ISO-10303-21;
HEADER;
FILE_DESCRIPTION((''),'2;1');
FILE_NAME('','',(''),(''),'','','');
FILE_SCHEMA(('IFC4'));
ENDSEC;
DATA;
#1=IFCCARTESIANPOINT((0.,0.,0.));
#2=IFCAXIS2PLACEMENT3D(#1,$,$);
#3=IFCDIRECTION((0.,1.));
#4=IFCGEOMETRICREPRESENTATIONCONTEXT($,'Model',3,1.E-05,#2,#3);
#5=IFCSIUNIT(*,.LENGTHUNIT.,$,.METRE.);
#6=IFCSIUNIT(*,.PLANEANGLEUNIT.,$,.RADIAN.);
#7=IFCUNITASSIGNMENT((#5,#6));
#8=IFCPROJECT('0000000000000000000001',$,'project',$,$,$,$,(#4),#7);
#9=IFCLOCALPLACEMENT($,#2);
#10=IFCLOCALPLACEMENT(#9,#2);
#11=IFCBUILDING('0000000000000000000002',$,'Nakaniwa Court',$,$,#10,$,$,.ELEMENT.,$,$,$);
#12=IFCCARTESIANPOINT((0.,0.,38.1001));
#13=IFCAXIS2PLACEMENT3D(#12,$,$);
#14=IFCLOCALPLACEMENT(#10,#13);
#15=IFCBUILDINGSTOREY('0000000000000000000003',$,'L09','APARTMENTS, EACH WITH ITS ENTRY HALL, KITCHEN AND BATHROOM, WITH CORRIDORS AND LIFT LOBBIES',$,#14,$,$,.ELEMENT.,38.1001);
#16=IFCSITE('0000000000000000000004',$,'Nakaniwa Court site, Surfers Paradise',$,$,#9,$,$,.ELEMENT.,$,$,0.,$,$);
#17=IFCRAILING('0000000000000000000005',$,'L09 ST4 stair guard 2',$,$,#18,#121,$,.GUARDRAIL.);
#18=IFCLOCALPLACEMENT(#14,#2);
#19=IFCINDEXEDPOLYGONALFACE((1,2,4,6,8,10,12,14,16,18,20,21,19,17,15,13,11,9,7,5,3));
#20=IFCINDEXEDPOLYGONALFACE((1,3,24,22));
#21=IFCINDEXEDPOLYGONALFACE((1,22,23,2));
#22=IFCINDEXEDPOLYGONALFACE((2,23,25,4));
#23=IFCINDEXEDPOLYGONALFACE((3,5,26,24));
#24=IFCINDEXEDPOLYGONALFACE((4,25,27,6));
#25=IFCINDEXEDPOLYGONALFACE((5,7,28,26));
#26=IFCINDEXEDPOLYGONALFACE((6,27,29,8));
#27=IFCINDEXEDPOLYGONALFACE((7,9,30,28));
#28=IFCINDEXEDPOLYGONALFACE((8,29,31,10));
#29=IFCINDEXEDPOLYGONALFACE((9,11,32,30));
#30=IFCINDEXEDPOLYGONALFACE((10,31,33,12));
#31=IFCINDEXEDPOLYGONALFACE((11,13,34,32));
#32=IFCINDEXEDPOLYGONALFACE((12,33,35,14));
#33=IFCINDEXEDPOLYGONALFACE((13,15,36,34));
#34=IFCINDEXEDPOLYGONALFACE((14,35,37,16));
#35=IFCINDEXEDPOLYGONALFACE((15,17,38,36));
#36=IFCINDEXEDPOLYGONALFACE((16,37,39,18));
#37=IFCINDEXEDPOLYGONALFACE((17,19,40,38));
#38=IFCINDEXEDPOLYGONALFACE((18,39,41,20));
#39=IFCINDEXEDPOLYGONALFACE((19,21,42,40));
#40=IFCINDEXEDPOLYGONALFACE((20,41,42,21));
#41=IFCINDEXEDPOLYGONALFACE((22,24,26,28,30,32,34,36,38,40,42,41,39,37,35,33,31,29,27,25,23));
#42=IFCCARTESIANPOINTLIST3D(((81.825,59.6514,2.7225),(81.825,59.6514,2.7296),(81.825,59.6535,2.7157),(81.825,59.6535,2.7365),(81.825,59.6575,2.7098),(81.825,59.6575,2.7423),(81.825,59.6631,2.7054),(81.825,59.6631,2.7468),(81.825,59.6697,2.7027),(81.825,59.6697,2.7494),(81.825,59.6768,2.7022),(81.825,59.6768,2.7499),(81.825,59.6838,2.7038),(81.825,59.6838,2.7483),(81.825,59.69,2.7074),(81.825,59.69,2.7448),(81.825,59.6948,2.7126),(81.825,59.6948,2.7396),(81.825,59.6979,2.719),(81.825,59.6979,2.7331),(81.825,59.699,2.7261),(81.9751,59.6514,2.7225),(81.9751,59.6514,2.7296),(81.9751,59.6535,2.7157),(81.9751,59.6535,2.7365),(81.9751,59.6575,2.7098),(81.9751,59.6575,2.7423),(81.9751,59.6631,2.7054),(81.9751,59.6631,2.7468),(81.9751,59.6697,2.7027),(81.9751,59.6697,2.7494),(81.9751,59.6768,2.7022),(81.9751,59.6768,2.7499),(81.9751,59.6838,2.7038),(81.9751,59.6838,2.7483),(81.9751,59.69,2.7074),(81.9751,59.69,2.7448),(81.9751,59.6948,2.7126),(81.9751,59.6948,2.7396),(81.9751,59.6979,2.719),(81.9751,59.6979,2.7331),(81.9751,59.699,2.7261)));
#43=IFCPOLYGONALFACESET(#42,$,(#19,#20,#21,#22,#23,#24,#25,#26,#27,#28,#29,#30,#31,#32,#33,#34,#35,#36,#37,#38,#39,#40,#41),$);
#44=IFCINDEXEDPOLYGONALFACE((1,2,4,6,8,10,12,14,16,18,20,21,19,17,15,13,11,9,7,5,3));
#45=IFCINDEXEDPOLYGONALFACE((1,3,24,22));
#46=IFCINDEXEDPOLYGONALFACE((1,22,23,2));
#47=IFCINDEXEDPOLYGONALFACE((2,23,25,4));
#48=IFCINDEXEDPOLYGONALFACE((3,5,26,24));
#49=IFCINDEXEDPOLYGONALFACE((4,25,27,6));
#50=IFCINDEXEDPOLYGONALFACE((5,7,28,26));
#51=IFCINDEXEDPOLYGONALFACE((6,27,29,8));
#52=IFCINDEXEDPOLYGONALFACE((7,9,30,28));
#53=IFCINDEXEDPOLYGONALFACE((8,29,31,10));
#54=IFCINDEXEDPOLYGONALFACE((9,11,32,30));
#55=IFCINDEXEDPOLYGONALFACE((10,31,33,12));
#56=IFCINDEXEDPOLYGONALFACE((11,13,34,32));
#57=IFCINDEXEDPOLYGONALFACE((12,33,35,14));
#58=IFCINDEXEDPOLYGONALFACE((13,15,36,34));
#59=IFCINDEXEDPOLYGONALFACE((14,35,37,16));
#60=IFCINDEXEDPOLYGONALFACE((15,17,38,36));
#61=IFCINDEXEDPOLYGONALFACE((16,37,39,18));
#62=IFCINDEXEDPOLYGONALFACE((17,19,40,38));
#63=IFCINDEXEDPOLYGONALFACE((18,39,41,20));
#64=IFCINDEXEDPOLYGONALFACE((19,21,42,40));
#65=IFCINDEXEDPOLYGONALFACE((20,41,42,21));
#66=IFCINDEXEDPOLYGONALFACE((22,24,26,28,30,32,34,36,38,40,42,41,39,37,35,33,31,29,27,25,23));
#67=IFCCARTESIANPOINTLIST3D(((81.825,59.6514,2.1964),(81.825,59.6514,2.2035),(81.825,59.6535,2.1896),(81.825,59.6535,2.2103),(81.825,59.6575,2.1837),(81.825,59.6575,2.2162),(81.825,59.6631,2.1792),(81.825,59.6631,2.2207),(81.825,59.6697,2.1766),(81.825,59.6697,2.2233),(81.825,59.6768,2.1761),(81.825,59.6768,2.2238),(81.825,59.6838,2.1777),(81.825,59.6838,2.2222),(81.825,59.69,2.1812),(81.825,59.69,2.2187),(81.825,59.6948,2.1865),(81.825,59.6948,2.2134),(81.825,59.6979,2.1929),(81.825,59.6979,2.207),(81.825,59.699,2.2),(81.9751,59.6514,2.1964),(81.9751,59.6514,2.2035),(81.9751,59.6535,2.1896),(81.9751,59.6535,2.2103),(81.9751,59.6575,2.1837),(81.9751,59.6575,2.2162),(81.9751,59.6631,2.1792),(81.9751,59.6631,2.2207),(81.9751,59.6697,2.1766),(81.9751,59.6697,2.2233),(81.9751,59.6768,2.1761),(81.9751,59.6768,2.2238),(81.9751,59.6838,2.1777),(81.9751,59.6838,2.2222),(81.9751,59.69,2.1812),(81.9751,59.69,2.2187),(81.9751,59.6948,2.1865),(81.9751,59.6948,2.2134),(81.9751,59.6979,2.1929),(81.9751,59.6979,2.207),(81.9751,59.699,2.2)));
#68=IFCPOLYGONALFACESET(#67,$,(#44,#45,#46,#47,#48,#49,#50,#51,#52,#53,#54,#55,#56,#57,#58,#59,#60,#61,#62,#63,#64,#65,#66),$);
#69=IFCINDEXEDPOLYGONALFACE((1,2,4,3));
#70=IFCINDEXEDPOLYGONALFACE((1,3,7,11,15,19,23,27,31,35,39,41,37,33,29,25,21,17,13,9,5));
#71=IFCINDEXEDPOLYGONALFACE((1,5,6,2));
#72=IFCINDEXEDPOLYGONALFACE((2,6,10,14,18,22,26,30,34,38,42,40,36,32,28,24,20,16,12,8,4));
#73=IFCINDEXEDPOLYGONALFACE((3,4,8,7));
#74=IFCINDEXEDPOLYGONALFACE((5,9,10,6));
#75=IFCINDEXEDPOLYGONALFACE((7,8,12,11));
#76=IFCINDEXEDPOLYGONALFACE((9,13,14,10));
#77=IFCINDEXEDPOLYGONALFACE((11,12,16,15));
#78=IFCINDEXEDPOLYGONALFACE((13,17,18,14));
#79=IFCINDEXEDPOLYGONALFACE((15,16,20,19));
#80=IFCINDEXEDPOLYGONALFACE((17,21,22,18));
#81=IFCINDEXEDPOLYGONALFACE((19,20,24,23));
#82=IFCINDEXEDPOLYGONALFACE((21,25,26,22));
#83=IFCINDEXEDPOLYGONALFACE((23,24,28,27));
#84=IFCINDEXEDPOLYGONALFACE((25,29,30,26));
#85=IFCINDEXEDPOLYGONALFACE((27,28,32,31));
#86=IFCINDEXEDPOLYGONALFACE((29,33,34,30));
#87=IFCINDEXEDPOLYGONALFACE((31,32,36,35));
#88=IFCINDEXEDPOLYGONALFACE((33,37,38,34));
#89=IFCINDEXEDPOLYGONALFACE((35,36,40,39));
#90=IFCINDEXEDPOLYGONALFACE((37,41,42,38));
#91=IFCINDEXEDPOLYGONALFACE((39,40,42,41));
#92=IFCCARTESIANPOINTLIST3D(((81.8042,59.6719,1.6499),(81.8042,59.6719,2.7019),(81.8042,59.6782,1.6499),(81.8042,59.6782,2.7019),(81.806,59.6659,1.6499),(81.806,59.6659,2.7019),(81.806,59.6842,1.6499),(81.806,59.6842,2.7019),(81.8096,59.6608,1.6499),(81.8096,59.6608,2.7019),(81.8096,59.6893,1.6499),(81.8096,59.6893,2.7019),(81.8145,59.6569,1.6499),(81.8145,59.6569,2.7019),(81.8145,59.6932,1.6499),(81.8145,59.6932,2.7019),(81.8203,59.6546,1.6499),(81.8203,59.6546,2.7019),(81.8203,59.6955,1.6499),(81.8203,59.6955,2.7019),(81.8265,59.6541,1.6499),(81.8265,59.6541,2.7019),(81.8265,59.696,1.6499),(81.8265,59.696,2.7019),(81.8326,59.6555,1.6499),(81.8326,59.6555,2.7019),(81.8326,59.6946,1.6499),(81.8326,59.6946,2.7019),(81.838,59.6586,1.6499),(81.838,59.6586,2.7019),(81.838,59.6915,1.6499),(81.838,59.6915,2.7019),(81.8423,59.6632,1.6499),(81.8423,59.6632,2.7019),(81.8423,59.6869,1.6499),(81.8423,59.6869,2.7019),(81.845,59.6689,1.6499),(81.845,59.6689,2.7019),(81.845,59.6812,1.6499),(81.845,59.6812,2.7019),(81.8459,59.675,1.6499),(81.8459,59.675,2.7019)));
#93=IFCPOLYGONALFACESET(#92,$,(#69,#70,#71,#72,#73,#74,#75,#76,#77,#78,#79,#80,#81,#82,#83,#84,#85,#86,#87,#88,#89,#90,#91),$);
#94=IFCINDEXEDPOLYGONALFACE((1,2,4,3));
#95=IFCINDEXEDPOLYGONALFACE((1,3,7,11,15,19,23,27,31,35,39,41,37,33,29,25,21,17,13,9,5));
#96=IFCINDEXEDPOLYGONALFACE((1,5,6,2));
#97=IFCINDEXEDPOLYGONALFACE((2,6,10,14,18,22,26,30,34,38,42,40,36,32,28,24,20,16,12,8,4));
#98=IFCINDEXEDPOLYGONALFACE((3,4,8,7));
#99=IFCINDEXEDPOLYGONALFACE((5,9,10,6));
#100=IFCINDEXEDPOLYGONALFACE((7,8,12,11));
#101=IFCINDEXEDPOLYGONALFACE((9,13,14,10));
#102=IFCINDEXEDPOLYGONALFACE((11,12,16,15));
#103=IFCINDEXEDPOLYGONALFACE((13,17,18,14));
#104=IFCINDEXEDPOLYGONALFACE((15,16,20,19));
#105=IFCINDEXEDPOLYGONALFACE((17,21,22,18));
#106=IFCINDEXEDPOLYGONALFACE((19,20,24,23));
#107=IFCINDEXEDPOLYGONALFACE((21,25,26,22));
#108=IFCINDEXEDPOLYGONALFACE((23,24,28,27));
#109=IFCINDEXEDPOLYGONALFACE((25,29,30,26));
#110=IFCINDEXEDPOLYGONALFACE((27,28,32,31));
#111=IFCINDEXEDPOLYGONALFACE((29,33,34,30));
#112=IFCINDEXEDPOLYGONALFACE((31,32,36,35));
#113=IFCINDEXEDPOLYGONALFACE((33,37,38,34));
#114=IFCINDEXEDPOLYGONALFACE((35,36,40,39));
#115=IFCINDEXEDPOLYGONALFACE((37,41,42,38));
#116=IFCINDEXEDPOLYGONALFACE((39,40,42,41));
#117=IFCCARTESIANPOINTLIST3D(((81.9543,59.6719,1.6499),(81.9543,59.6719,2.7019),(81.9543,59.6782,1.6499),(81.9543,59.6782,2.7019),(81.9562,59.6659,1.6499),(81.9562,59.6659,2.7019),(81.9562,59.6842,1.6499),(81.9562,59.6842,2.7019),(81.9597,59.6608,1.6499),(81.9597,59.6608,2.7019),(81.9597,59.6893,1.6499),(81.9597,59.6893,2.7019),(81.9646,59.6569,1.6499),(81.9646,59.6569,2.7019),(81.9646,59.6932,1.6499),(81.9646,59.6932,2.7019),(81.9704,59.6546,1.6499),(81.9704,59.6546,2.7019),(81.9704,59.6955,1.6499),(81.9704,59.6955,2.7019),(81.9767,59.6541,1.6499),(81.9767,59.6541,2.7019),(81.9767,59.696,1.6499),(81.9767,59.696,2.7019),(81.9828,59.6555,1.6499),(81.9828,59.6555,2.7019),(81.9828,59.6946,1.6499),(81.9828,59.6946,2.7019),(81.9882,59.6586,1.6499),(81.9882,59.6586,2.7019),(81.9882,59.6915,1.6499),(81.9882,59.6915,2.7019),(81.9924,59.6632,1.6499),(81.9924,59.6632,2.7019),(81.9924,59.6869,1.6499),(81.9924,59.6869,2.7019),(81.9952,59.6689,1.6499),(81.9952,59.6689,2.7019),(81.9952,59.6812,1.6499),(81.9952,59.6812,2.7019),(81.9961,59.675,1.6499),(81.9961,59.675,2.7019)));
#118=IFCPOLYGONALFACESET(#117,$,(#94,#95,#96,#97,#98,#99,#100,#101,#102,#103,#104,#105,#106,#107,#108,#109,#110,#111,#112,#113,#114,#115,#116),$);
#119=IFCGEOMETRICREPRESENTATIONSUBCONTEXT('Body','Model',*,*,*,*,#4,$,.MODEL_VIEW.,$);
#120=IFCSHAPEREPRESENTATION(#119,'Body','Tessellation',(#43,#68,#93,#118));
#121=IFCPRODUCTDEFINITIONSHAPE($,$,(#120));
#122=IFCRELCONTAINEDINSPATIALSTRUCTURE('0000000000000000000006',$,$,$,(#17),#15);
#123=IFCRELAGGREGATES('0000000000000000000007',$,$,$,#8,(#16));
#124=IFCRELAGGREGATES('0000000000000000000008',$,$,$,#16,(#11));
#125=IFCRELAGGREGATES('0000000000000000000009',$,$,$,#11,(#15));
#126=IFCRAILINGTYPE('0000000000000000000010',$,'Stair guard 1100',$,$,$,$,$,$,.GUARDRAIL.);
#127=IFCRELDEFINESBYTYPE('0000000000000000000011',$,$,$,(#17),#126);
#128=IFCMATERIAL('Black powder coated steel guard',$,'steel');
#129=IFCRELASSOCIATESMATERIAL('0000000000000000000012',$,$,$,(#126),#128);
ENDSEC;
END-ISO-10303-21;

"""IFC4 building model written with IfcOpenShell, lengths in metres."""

from ifc_helpers import new_model, si_unit, direction, frame, origin, origin_2d, place, context, subcontext, project, spatial, circle, extrude, material, type_object, element, save


model = new_model("IFC4")

# Units and contexts
model_context = context("Model", 3, precision=1e-05, world=origin(), true_north=direction((0.0, 1.0)))
body_context = subcontext(model_context, "Body", "Model", "MODEL_VIEW")
ifc_project = project(units=[si_unit("LENGTHUNIT", "METRE"), si_unit("PLANEANGLEUNIT", "RADIAN")], contexts=[model_context])

# Site, building, storey
site_placement = place(None, origin())
site = spatial("IfcSite", under=ifc_project, at=site_placement, Name="Nakaniwa Court site, Surfers Paradise", CompositionType="ELEMENT", RefElevation=0.0)
building_placement = place(site_placement, origin())
building = spatial("IfcBuilding", under=site, at=building_placement, Name="Nakaniwa Court", CompositionType="ELEMENT")
storey_placement = place(building_placement, frame((0.0, 0.0, 38.1001)))
storey = spatial("IfcBuildingStorey", under=building, at=storey_placement, Name="L09", Description="APARTMENTS, EACH WITH ITS ENTRY HALL, KITCHEN AND BATHROOM, WITH CORRIDORS AND LIFT LOBBIES", CompositionType="ELEMENT", Elevation=38.1001)

# Railing
ifc_material_1 = material(Name="Black powder coated steel guard", Category="steel")
railing_type_1 = type_object("IfcRailingType", Name="Stair guard 1100", PredefinedType="GUARDRAIL", material=ifc_material_1)
railing_1_placement = place(storey_placement, frame((81.825, 59.675, 1.6499)))
element("IfcRailing", 1, at=railing_1_placement, inside=storey, type_object=railing_type_1, Name="L09 ST4 stair guard 2", PredefinedType="GUARDRAIL", context=body_context, shape_type="SweptSolid", body=[
    extrude(circle(Radius=0.0239, at=origin_2d()), frame((0.0, 0.0, 1.0762), z_axis=(1.0, 0.0, 0.0), x_axis=(0.0, 1.0, 0.0)), (0.0, 0.0, 1.0), 0.1501),
    extrude(circle(Radius=0.0239, at=origin_2d()), frame((0.0, 0.0, 0.55), z_axis=(1.0, 0.0, 0.0), x_axis=(0.0, 1.0, 0.0)), (0.0, 0.0, 1.0), 0.1501),
    extrude(circle(Radius=0.021, at=origin_2d()), origin(), (0.0, 0.0, 1.0), 1.052),
    extrude(circle(Radius=0.021, at=origin_2d()), frame((0.1501, 0.0, 0.0)), (0.0, 0.0, 1.0), 1.052),
])

save(model, "model.ifc")
